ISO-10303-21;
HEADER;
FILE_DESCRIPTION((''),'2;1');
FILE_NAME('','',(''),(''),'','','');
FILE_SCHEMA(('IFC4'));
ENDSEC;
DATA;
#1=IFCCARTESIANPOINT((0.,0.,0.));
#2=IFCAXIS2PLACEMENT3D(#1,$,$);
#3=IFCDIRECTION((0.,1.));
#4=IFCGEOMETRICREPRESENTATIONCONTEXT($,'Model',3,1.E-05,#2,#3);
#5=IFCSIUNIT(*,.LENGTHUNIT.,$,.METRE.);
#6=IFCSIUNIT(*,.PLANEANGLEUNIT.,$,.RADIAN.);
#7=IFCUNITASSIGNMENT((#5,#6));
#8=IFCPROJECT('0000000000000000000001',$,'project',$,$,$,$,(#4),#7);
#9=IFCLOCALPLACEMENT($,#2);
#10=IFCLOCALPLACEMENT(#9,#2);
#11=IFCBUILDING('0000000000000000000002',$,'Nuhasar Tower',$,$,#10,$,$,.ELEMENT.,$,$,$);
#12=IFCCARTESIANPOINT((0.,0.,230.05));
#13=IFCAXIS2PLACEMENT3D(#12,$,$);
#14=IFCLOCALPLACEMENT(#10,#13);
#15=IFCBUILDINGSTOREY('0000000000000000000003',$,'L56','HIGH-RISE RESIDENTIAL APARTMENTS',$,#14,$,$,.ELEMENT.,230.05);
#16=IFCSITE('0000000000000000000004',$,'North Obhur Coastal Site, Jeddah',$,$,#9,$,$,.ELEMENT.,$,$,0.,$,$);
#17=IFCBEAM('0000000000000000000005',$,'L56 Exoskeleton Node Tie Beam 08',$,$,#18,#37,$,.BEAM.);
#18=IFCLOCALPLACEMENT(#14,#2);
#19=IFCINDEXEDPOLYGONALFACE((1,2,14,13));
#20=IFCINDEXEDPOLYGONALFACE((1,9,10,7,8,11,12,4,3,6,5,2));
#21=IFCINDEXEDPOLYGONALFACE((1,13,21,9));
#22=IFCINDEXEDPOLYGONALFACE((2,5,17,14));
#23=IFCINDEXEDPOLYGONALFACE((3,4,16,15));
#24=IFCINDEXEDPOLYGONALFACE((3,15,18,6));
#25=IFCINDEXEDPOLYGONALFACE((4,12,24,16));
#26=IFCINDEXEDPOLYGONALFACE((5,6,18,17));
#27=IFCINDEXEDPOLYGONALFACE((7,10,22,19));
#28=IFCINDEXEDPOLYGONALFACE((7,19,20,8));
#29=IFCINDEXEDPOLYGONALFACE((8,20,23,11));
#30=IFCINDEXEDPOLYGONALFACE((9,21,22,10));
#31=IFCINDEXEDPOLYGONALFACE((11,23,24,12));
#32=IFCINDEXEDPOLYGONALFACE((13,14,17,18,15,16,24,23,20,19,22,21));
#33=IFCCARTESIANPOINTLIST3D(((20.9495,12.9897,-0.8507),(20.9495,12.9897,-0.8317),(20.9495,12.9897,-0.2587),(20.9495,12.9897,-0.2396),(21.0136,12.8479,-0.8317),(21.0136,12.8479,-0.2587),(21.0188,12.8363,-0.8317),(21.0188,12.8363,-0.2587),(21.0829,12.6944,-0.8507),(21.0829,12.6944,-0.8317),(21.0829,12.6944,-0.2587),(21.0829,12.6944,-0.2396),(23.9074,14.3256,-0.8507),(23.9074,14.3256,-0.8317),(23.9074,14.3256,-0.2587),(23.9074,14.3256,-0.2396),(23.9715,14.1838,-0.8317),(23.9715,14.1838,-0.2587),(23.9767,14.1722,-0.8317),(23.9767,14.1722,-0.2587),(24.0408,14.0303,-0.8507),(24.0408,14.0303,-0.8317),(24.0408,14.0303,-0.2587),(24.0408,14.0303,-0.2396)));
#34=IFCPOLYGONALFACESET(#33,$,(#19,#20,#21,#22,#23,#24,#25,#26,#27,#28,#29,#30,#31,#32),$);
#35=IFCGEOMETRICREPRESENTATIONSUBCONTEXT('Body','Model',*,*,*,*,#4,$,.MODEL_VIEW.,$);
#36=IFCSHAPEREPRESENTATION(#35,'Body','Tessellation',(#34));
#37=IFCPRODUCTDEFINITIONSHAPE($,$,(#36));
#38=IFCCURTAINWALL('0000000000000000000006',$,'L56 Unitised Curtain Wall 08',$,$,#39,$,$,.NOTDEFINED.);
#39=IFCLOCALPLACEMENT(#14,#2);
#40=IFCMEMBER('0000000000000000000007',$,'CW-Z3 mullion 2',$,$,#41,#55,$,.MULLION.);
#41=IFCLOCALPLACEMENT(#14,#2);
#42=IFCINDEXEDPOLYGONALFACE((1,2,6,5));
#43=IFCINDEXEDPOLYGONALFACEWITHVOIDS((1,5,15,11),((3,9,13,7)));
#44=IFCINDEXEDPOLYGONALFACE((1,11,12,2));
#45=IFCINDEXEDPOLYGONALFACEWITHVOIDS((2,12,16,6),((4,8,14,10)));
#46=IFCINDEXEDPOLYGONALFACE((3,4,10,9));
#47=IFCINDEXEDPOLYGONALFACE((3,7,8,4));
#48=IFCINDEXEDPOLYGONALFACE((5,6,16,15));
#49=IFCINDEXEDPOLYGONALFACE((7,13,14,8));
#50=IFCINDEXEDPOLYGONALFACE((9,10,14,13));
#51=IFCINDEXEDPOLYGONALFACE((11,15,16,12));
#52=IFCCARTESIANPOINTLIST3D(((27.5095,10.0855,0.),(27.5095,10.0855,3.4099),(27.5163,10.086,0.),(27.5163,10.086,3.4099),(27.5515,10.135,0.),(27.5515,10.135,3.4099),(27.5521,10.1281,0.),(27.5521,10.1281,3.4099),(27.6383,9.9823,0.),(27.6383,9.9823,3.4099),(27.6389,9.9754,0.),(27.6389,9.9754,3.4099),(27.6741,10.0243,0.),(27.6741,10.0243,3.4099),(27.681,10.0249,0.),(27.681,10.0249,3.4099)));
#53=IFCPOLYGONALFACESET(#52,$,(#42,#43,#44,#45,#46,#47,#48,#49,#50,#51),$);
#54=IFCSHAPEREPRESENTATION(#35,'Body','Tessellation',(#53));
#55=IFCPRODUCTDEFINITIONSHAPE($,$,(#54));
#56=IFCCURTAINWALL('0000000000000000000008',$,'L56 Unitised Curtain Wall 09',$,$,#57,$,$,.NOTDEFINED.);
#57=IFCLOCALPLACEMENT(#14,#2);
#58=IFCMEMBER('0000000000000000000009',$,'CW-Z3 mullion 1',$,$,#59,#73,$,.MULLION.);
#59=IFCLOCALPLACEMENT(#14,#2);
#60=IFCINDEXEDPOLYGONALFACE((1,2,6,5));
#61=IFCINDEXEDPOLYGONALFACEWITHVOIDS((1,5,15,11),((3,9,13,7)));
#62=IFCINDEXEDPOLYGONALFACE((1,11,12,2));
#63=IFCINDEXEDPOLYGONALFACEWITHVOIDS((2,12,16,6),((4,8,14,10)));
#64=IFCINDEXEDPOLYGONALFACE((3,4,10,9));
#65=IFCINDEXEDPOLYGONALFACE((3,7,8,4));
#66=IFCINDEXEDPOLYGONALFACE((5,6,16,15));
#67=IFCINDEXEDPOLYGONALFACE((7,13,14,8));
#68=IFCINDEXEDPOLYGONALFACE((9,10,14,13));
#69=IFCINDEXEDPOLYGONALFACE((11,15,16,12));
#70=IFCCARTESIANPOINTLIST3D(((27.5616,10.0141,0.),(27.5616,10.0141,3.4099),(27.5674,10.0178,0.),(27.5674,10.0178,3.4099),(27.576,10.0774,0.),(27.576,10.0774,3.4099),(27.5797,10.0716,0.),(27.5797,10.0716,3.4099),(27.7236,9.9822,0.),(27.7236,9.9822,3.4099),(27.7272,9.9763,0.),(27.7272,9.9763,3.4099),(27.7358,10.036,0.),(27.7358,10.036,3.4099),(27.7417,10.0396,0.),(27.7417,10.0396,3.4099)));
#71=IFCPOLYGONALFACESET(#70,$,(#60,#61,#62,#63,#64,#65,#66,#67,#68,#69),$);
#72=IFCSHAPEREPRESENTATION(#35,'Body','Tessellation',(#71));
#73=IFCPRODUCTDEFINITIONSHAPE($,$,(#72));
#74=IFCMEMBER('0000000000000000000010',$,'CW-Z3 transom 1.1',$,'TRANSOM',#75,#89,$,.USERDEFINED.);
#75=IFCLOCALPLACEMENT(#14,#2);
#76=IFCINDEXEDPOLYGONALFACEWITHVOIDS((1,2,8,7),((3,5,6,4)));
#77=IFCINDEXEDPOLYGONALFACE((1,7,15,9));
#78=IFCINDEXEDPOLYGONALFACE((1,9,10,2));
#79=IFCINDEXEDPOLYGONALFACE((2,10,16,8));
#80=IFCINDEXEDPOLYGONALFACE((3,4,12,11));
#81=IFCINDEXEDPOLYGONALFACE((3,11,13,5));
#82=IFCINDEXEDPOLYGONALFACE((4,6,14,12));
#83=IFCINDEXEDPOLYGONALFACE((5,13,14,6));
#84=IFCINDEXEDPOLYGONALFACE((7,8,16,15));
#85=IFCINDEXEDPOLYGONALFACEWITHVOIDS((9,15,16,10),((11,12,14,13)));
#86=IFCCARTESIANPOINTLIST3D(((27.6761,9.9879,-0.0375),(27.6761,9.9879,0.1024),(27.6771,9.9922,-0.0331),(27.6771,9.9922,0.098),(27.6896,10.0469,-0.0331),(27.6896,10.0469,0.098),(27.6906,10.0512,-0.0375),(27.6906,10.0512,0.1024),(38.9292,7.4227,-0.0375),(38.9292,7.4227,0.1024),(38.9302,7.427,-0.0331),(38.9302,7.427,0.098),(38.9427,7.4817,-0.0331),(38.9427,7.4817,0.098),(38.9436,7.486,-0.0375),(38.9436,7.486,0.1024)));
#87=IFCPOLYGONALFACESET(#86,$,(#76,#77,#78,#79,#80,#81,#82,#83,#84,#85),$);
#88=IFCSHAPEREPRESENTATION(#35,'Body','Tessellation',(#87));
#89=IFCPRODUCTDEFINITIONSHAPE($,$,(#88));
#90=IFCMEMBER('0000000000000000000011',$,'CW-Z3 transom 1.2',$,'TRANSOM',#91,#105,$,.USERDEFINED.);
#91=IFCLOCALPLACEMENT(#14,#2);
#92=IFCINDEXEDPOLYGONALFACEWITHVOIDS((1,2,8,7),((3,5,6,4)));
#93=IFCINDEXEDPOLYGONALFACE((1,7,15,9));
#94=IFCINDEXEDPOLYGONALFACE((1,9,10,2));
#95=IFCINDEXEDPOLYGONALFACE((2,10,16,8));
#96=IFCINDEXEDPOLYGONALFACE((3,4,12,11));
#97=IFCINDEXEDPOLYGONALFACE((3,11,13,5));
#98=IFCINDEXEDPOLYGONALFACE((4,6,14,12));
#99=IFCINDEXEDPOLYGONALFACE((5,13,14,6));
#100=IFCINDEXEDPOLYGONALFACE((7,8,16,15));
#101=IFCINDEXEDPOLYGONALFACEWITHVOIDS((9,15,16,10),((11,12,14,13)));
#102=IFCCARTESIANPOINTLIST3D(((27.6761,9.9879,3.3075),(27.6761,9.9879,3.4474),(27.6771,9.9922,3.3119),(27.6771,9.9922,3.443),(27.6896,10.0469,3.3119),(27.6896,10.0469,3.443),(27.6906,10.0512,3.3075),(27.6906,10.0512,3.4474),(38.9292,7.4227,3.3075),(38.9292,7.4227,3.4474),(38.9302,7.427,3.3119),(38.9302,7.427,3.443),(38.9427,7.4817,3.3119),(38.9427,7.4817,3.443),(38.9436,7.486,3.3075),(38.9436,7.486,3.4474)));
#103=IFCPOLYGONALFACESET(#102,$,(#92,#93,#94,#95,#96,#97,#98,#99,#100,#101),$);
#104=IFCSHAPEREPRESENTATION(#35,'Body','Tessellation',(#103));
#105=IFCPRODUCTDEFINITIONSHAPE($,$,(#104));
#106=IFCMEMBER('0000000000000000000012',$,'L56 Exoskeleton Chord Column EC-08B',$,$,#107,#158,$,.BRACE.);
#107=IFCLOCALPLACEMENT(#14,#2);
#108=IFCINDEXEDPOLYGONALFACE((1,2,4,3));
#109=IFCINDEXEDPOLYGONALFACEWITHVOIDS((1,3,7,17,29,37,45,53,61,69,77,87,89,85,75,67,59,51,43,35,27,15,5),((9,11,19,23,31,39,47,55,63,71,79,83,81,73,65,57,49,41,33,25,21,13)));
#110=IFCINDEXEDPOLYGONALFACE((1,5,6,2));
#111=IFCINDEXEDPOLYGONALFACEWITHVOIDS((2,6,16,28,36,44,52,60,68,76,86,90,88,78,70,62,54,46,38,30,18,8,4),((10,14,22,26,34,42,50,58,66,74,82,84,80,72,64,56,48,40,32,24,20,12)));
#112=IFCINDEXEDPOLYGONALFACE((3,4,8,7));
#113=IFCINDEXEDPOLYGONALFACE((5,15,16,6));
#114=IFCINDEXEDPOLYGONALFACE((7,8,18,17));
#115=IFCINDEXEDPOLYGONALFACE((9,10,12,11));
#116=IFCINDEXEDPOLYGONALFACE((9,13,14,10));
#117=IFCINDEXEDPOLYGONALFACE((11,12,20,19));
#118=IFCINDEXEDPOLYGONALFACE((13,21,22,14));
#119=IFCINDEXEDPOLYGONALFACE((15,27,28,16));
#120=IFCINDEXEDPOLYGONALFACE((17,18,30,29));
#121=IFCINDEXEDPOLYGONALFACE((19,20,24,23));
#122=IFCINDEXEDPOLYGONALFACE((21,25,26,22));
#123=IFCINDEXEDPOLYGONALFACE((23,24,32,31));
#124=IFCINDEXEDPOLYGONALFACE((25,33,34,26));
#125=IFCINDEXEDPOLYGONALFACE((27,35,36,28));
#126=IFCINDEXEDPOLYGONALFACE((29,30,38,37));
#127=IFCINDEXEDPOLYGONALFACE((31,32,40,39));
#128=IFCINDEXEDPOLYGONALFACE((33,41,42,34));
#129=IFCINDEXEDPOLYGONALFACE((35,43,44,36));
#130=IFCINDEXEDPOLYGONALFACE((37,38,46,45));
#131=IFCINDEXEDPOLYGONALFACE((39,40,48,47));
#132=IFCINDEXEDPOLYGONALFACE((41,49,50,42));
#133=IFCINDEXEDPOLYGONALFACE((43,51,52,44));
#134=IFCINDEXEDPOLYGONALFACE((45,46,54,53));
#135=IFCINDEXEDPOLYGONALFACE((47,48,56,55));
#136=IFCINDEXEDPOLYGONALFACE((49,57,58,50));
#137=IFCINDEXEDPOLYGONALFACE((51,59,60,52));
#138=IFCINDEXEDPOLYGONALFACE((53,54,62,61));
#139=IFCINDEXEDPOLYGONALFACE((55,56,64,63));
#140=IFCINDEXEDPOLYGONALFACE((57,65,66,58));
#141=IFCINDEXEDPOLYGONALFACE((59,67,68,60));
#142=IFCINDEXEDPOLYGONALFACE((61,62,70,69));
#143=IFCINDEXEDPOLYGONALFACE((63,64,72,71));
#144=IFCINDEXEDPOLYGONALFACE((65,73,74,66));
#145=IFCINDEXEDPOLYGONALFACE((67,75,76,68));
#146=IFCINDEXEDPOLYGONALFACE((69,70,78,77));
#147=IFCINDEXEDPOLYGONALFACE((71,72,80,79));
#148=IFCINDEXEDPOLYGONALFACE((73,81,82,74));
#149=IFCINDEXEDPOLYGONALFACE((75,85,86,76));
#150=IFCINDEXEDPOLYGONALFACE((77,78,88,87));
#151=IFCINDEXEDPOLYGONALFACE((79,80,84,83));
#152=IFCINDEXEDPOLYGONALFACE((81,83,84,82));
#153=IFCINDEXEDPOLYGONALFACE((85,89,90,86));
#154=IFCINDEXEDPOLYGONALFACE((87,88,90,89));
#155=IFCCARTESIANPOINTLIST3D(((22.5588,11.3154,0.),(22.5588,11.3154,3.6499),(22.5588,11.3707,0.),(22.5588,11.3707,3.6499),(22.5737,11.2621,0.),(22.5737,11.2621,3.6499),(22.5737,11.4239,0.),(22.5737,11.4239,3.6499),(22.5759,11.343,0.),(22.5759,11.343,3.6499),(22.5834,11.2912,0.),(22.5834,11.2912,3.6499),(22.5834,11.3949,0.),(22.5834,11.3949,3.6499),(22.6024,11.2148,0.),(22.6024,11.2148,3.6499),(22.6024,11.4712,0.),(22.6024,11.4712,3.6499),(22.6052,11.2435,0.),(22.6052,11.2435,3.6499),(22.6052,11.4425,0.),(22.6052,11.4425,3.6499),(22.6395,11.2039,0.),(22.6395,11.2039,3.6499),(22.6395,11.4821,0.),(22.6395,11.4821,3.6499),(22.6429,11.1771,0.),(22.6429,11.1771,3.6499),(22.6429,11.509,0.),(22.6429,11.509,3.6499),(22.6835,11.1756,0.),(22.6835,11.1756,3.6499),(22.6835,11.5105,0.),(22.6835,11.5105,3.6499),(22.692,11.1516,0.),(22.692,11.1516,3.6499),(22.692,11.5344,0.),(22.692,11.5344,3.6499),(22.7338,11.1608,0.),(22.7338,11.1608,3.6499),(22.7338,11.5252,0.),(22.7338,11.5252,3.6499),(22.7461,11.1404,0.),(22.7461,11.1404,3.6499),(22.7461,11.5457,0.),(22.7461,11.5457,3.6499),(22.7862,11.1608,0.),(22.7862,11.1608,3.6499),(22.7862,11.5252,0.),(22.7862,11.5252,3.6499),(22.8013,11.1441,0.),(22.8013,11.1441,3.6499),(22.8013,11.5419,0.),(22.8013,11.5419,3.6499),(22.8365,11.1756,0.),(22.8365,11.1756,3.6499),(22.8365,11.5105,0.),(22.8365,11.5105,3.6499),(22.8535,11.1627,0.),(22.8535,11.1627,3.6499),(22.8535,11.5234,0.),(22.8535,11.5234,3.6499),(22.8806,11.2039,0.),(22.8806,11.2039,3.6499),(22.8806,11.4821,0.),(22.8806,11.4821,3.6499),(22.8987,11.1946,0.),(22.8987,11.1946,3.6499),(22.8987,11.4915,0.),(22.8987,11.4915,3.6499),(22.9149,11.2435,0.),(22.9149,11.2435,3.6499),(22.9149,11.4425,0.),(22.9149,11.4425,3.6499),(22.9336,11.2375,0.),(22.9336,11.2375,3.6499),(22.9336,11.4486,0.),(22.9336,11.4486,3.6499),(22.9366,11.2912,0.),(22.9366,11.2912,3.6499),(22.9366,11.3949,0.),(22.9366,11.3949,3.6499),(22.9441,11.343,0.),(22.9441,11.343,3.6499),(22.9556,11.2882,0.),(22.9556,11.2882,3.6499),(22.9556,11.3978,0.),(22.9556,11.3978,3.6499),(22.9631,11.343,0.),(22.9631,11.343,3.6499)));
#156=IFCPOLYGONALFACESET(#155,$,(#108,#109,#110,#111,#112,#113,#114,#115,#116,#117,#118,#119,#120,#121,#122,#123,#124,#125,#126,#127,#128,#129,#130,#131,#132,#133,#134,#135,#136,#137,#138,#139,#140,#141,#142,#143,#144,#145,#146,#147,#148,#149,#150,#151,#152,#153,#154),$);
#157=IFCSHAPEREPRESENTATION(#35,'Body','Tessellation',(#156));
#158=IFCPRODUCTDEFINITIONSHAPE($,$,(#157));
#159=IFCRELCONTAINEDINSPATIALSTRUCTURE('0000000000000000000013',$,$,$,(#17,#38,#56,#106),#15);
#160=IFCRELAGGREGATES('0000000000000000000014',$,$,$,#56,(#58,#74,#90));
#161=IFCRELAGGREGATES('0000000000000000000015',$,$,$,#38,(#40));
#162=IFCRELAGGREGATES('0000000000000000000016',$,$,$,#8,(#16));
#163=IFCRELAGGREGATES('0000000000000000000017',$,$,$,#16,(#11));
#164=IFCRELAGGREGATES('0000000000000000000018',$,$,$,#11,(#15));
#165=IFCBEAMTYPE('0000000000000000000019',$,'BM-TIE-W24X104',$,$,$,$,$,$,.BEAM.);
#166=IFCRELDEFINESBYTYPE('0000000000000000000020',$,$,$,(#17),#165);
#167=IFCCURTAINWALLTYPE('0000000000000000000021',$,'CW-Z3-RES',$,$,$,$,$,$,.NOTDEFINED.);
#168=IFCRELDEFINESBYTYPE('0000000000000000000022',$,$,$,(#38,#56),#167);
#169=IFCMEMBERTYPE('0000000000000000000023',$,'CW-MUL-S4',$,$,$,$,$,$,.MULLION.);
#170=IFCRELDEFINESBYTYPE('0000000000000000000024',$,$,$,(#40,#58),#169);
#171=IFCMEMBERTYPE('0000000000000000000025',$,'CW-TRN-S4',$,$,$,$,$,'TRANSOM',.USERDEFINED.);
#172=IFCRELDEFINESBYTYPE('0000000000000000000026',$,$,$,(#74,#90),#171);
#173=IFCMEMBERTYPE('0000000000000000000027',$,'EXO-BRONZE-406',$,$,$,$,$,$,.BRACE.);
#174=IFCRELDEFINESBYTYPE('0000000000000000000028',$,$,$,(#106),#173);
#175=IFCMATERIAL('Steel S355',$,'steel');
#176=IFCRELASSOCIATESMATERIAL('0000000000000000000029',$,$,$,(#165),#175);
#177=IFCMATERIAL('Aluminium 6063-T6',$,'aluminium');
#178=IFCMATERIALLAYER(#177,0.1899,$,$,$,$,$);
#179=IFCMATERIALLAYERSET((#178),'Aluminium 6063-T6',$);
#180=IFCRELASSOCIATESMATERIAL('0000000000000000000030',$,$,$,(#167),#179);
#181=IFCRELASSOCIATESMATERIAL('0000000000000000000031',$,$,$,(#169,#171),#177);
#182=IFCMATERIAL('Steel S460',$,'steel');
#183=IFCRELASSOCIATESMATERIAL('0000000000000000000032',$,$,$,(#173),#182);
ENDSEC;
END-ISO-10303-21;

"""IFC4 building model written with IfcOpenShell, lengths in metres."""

from ifc_helpers import new_model, si_unit, direction, frame, origin, origin_2d, place, context, subcontext, project, spatial, hollow_rectangle, hollow_circle, i_section, extrude, material, layer, layer_set, material_profile, profile_set, type_object, element, aggregate, save


model = new_model("IFC4")

# Units and contexts
model_context = context("Model", 3, precision=1e-05, world=origin(), true_north=direction((0.0, 1.0)))
body_context = subcontext(model_context, "Body", "Model", "MODEL_VIEW")
ifc_project = project(units=[si_unit("LENGTHUNIT", "METRE"), si_unit("PLANEANGLEUNIT", "RADIAN")], contexts=[model_context])

# Site, building, storey
site_placement = place(None, origin())
site = spatial("IfcSite", under=ifc_project, at=site_placement, Name="North Obhur Coastal Site, Jeddah", CompositionType="ELEMENT", RefElevation=0.0)
building_placement = place(site_placement, origin())
building = spatial("IfcBuilding", under=site, at=building_placement, Name="Nuhasar Tower", CompositionType="ELEMENT")
storey_placement = place(building_placement, frame((0.0, 0.0, 230.05)))
storey = spatial("IfcBuildingStorey", under=building, at=storey_placement, Name="L56", Description="HIGH-RISE RESIDENTIAL APARTMENTS", CompositionType="ELEMENT", Elevation=230.05)

# Beam
ifc_material_1 = material(Name="Steel S355", Category="steel")
ifc_material_profile_1 = material_profile(ifc_material_1, i_section(OverallWidth=0.324, OverallDepth=0.6111, WebThickness=0.0127, FlangeThickness=0.019, at=origin_2d()), Name="W24X104")
ifc_profile_set_1 = profile_set([ifc_material_profile_1], Name="Steel S355")
beam_type_1 = type_object("IfcBeamType", Name="BM-TIE-W24X104", PredefinedType="BEAM", material=ifc_profile_set_1)
beam_1_placement = place(storey_placement, frame((23.9741, 14.178, -0.5452), z_axis=(-0.911363, -0.411603, 0.0), x_axis=(0.411603, -0.911363, 0.0)))
element("IfcBeam", 1, at=beam_1_placement, inside=storey, type_object=beam_type_1, Name="L56 Exoskeleton Node Tie Beam 08", PredefinedType="BEAM", context=body_context, shape_type="SweptSolid", body=[
    extrude(i_section(OverallWidth=0.324, OverallDepth=0.6111, WebThickness=0.0127, FlangeThickness=0.019, at=origin_2d()), origin(), (0.0, 0.0, 1.0), 3.2456),
])

# Curtain wall, member
ifc_material_2 = material(Name="Aluminium 6063-T6", Category="aluminium")
ifc_layer_1 = layer(ifc_material_2, 0.1899)
ifc_layer_set_1 = layer_set([ifc_layer_1], Name="Aluminium 6063-T6")
curtain_wall_type = type_object("IfcCurtainWallType", Name="CW-Z3-RES", PredefinedType="NOTDEFINED", material=ifc_layer_set_1)
curtain_wall_1_placement = place(storey_placement, origin())
curtain_wall_1 = element("IfcCurtainWall", 2, at=curtain_wall_1_placement, inside=storey, type_object=curtain_wall_type, Name="L56 Unitised Curtain Wall 08", PredefinedType="NOTDEFINED")
ifc_material_profile_2 = material_profile(ifc_material_2, hollow_rectangle(XDim=0.0649, YDim=0.1699, WallThickness=0.0049, at=origin_2d()), Name="CWM-4")
ifc_profile_set_2 = profile_set([ifc_material_profile_2], Name="Aluminium 6063-T6")
member_type_1 = type_object("IfcMemberType", Name="CW-MUL-S4", PredefinedType="MULLION", material=ifc_profile_set_2)
member_1_placement = place(storey_placement, frame((27.5952, 10.0552, 0.0), z_axis=(0.0, 0.0, 1.0), x_axis=(0.647895, 0.761729, 0.0)))
member_1 = element("IfcMember", 3, at=member_1_placement, type_object=member_type_1, Name="CW-Z3 mullion 2", PredefinedType="MULLION", context=body_context, shape_type="SweptSolid", body=[
    extrude(hollow_rectangle(XDim=0.0649, YDim=0.1699, WallThickness=0.0049, at=origin_2d()), origin(), (0.0, 0.0, 1.0), 3.4099),
])

# Curtain wall, members
curtain_wall_2_placement = place(storey_placement, origin())
curtain_wall_2 = element("IfcCurtainWall", 4, at=curtain_wall_2_placement, inside=storey, type_object=curtain_wall_type, Name="L56 Unitised Curtain Wall 09", PredefinedType="NOTDEFINED")
member_2_placement = place(storey_placement, frame((27.6516, 10.0269, 0.0), z_axis=(0.0, 0.0, 1.0), x_axis=(0.222243, 0.974991, 0.0)))
member_2 = element("IfcMember", 5, at=member_2_placement, type_object=member_type_1, Name="CW-Z3 mullion 1", PredefinedType="MULLION", context=body_context, shape_type="SweptSolid", body=[
    extrude(hollow_rectangle(XDim=0.0649, YDim=0.1699, WallThickness=0.0049, at=origin_2d()), origin(), (0.0, 0.0, 1.0), 3.4099),
])
ifc_material_profile_3 = material_profile(ifc_material_2, hollow_rectangle(XDim=0.0649, YDim=0.1399, WallThickness=0.0044, at=origin_2d()), Name="CWT-4")
ifc_profile_set_3 = profile_set([ifc_material_profile_3], Name="Aluminium 6063-T6")
member_type_2 = type_object("IfcMemberType", Name="CW-TRN-S4", ElementType="TRANSOM", PredefinedType="USERDEFINED", material=ifc_profile_set_3)
member_3_placement = place(storey_placement, frame((27.6833, 10.0195, 0.0325), z_axis=(0.974989, -0.222251, 0.0), x_axis=(0.222251, 0.974989, 0.0)))
member_3 = element("IfcMember", 6, at=member_3_placement, type_object=member_type_2, Name="CW-Z3 transom 1.1", ObjectType="TRANSOM", PredefinedType="USERDEFINED", context=body_context, shape_type="SweptSolid", body=[
    extrude(hollow_rectangle(XDim=0.0649, YDim=0.1399, WallThickness=0.0044, at=origin_2d()), origin(), (0.0, 0.0, 1.0), 11.5417),
])
member_4_placement = place(storey_placement, frame((27.6833, 10.0195, 3.3774), z_axis=(0.974989, -0.222251, 0.0), x_axis=(0.222251, 0.974989, 0.0)))
member_4 = element("IfcMember", 7, at=member_4_placement, type_object=member_type_2, Name="CW-Z3 transom 1.2", ObjectType="TRANSOM", PredefinedType="USERDEFINED", context=body_context, shape_type="SweptSolid", body=[
    extrude(hollow_rectangle(XDim=0.0649, YDim=0.1399, WallThickness=0.0044, at=origin_2d()), origin(), (0.0, 0.0, 1.0), 11.5417),
])
aggregate(curtain_wall_2, [member_2, member_3, member_4])

# Member
ifc_material_3 = material(Name="Steel S460", Category="steel")
ifc_material_profile_4 = material_profile(ifc_material_3, hollow_circle(Radius=0.2031, WallThickness=0.019, at=origin_2d()), Name="HSS406.4X19.1")
ifc_profile_set_4 = profile_set([ifc_material_profile_4], Name="Steel S460")
member_type_3 = type_object("IfcMemberType", Name="EXO-BRONZE-406", PredefinedType="BRACE", material=ifc_profile_set_4)
member_5_placement = place(storey_placement, frame((22.76, 11.343, 0.0), z_axis=(0.0, 0.0, 1.0), x_axis=(1.0, 0.0, 0.0)))
element("IfcMember", 8, at=member_5_placement, inside=storey, type_object=member_type_3, Name="L56 Exoskeleton Chord Column EC-08B", PredefinedType="BRACE", context=body_context, shape_type="SweptSolid", body=[
    extrude(hollow_circle(Radius=0.2031, WallThickness=0.019, at=origin_2d()), origin(), (0.0, 0.0, 1.0), 3.6499),
])

aggregate(curtain_wall_1, [member_1])

save(model, "model.ifc")
